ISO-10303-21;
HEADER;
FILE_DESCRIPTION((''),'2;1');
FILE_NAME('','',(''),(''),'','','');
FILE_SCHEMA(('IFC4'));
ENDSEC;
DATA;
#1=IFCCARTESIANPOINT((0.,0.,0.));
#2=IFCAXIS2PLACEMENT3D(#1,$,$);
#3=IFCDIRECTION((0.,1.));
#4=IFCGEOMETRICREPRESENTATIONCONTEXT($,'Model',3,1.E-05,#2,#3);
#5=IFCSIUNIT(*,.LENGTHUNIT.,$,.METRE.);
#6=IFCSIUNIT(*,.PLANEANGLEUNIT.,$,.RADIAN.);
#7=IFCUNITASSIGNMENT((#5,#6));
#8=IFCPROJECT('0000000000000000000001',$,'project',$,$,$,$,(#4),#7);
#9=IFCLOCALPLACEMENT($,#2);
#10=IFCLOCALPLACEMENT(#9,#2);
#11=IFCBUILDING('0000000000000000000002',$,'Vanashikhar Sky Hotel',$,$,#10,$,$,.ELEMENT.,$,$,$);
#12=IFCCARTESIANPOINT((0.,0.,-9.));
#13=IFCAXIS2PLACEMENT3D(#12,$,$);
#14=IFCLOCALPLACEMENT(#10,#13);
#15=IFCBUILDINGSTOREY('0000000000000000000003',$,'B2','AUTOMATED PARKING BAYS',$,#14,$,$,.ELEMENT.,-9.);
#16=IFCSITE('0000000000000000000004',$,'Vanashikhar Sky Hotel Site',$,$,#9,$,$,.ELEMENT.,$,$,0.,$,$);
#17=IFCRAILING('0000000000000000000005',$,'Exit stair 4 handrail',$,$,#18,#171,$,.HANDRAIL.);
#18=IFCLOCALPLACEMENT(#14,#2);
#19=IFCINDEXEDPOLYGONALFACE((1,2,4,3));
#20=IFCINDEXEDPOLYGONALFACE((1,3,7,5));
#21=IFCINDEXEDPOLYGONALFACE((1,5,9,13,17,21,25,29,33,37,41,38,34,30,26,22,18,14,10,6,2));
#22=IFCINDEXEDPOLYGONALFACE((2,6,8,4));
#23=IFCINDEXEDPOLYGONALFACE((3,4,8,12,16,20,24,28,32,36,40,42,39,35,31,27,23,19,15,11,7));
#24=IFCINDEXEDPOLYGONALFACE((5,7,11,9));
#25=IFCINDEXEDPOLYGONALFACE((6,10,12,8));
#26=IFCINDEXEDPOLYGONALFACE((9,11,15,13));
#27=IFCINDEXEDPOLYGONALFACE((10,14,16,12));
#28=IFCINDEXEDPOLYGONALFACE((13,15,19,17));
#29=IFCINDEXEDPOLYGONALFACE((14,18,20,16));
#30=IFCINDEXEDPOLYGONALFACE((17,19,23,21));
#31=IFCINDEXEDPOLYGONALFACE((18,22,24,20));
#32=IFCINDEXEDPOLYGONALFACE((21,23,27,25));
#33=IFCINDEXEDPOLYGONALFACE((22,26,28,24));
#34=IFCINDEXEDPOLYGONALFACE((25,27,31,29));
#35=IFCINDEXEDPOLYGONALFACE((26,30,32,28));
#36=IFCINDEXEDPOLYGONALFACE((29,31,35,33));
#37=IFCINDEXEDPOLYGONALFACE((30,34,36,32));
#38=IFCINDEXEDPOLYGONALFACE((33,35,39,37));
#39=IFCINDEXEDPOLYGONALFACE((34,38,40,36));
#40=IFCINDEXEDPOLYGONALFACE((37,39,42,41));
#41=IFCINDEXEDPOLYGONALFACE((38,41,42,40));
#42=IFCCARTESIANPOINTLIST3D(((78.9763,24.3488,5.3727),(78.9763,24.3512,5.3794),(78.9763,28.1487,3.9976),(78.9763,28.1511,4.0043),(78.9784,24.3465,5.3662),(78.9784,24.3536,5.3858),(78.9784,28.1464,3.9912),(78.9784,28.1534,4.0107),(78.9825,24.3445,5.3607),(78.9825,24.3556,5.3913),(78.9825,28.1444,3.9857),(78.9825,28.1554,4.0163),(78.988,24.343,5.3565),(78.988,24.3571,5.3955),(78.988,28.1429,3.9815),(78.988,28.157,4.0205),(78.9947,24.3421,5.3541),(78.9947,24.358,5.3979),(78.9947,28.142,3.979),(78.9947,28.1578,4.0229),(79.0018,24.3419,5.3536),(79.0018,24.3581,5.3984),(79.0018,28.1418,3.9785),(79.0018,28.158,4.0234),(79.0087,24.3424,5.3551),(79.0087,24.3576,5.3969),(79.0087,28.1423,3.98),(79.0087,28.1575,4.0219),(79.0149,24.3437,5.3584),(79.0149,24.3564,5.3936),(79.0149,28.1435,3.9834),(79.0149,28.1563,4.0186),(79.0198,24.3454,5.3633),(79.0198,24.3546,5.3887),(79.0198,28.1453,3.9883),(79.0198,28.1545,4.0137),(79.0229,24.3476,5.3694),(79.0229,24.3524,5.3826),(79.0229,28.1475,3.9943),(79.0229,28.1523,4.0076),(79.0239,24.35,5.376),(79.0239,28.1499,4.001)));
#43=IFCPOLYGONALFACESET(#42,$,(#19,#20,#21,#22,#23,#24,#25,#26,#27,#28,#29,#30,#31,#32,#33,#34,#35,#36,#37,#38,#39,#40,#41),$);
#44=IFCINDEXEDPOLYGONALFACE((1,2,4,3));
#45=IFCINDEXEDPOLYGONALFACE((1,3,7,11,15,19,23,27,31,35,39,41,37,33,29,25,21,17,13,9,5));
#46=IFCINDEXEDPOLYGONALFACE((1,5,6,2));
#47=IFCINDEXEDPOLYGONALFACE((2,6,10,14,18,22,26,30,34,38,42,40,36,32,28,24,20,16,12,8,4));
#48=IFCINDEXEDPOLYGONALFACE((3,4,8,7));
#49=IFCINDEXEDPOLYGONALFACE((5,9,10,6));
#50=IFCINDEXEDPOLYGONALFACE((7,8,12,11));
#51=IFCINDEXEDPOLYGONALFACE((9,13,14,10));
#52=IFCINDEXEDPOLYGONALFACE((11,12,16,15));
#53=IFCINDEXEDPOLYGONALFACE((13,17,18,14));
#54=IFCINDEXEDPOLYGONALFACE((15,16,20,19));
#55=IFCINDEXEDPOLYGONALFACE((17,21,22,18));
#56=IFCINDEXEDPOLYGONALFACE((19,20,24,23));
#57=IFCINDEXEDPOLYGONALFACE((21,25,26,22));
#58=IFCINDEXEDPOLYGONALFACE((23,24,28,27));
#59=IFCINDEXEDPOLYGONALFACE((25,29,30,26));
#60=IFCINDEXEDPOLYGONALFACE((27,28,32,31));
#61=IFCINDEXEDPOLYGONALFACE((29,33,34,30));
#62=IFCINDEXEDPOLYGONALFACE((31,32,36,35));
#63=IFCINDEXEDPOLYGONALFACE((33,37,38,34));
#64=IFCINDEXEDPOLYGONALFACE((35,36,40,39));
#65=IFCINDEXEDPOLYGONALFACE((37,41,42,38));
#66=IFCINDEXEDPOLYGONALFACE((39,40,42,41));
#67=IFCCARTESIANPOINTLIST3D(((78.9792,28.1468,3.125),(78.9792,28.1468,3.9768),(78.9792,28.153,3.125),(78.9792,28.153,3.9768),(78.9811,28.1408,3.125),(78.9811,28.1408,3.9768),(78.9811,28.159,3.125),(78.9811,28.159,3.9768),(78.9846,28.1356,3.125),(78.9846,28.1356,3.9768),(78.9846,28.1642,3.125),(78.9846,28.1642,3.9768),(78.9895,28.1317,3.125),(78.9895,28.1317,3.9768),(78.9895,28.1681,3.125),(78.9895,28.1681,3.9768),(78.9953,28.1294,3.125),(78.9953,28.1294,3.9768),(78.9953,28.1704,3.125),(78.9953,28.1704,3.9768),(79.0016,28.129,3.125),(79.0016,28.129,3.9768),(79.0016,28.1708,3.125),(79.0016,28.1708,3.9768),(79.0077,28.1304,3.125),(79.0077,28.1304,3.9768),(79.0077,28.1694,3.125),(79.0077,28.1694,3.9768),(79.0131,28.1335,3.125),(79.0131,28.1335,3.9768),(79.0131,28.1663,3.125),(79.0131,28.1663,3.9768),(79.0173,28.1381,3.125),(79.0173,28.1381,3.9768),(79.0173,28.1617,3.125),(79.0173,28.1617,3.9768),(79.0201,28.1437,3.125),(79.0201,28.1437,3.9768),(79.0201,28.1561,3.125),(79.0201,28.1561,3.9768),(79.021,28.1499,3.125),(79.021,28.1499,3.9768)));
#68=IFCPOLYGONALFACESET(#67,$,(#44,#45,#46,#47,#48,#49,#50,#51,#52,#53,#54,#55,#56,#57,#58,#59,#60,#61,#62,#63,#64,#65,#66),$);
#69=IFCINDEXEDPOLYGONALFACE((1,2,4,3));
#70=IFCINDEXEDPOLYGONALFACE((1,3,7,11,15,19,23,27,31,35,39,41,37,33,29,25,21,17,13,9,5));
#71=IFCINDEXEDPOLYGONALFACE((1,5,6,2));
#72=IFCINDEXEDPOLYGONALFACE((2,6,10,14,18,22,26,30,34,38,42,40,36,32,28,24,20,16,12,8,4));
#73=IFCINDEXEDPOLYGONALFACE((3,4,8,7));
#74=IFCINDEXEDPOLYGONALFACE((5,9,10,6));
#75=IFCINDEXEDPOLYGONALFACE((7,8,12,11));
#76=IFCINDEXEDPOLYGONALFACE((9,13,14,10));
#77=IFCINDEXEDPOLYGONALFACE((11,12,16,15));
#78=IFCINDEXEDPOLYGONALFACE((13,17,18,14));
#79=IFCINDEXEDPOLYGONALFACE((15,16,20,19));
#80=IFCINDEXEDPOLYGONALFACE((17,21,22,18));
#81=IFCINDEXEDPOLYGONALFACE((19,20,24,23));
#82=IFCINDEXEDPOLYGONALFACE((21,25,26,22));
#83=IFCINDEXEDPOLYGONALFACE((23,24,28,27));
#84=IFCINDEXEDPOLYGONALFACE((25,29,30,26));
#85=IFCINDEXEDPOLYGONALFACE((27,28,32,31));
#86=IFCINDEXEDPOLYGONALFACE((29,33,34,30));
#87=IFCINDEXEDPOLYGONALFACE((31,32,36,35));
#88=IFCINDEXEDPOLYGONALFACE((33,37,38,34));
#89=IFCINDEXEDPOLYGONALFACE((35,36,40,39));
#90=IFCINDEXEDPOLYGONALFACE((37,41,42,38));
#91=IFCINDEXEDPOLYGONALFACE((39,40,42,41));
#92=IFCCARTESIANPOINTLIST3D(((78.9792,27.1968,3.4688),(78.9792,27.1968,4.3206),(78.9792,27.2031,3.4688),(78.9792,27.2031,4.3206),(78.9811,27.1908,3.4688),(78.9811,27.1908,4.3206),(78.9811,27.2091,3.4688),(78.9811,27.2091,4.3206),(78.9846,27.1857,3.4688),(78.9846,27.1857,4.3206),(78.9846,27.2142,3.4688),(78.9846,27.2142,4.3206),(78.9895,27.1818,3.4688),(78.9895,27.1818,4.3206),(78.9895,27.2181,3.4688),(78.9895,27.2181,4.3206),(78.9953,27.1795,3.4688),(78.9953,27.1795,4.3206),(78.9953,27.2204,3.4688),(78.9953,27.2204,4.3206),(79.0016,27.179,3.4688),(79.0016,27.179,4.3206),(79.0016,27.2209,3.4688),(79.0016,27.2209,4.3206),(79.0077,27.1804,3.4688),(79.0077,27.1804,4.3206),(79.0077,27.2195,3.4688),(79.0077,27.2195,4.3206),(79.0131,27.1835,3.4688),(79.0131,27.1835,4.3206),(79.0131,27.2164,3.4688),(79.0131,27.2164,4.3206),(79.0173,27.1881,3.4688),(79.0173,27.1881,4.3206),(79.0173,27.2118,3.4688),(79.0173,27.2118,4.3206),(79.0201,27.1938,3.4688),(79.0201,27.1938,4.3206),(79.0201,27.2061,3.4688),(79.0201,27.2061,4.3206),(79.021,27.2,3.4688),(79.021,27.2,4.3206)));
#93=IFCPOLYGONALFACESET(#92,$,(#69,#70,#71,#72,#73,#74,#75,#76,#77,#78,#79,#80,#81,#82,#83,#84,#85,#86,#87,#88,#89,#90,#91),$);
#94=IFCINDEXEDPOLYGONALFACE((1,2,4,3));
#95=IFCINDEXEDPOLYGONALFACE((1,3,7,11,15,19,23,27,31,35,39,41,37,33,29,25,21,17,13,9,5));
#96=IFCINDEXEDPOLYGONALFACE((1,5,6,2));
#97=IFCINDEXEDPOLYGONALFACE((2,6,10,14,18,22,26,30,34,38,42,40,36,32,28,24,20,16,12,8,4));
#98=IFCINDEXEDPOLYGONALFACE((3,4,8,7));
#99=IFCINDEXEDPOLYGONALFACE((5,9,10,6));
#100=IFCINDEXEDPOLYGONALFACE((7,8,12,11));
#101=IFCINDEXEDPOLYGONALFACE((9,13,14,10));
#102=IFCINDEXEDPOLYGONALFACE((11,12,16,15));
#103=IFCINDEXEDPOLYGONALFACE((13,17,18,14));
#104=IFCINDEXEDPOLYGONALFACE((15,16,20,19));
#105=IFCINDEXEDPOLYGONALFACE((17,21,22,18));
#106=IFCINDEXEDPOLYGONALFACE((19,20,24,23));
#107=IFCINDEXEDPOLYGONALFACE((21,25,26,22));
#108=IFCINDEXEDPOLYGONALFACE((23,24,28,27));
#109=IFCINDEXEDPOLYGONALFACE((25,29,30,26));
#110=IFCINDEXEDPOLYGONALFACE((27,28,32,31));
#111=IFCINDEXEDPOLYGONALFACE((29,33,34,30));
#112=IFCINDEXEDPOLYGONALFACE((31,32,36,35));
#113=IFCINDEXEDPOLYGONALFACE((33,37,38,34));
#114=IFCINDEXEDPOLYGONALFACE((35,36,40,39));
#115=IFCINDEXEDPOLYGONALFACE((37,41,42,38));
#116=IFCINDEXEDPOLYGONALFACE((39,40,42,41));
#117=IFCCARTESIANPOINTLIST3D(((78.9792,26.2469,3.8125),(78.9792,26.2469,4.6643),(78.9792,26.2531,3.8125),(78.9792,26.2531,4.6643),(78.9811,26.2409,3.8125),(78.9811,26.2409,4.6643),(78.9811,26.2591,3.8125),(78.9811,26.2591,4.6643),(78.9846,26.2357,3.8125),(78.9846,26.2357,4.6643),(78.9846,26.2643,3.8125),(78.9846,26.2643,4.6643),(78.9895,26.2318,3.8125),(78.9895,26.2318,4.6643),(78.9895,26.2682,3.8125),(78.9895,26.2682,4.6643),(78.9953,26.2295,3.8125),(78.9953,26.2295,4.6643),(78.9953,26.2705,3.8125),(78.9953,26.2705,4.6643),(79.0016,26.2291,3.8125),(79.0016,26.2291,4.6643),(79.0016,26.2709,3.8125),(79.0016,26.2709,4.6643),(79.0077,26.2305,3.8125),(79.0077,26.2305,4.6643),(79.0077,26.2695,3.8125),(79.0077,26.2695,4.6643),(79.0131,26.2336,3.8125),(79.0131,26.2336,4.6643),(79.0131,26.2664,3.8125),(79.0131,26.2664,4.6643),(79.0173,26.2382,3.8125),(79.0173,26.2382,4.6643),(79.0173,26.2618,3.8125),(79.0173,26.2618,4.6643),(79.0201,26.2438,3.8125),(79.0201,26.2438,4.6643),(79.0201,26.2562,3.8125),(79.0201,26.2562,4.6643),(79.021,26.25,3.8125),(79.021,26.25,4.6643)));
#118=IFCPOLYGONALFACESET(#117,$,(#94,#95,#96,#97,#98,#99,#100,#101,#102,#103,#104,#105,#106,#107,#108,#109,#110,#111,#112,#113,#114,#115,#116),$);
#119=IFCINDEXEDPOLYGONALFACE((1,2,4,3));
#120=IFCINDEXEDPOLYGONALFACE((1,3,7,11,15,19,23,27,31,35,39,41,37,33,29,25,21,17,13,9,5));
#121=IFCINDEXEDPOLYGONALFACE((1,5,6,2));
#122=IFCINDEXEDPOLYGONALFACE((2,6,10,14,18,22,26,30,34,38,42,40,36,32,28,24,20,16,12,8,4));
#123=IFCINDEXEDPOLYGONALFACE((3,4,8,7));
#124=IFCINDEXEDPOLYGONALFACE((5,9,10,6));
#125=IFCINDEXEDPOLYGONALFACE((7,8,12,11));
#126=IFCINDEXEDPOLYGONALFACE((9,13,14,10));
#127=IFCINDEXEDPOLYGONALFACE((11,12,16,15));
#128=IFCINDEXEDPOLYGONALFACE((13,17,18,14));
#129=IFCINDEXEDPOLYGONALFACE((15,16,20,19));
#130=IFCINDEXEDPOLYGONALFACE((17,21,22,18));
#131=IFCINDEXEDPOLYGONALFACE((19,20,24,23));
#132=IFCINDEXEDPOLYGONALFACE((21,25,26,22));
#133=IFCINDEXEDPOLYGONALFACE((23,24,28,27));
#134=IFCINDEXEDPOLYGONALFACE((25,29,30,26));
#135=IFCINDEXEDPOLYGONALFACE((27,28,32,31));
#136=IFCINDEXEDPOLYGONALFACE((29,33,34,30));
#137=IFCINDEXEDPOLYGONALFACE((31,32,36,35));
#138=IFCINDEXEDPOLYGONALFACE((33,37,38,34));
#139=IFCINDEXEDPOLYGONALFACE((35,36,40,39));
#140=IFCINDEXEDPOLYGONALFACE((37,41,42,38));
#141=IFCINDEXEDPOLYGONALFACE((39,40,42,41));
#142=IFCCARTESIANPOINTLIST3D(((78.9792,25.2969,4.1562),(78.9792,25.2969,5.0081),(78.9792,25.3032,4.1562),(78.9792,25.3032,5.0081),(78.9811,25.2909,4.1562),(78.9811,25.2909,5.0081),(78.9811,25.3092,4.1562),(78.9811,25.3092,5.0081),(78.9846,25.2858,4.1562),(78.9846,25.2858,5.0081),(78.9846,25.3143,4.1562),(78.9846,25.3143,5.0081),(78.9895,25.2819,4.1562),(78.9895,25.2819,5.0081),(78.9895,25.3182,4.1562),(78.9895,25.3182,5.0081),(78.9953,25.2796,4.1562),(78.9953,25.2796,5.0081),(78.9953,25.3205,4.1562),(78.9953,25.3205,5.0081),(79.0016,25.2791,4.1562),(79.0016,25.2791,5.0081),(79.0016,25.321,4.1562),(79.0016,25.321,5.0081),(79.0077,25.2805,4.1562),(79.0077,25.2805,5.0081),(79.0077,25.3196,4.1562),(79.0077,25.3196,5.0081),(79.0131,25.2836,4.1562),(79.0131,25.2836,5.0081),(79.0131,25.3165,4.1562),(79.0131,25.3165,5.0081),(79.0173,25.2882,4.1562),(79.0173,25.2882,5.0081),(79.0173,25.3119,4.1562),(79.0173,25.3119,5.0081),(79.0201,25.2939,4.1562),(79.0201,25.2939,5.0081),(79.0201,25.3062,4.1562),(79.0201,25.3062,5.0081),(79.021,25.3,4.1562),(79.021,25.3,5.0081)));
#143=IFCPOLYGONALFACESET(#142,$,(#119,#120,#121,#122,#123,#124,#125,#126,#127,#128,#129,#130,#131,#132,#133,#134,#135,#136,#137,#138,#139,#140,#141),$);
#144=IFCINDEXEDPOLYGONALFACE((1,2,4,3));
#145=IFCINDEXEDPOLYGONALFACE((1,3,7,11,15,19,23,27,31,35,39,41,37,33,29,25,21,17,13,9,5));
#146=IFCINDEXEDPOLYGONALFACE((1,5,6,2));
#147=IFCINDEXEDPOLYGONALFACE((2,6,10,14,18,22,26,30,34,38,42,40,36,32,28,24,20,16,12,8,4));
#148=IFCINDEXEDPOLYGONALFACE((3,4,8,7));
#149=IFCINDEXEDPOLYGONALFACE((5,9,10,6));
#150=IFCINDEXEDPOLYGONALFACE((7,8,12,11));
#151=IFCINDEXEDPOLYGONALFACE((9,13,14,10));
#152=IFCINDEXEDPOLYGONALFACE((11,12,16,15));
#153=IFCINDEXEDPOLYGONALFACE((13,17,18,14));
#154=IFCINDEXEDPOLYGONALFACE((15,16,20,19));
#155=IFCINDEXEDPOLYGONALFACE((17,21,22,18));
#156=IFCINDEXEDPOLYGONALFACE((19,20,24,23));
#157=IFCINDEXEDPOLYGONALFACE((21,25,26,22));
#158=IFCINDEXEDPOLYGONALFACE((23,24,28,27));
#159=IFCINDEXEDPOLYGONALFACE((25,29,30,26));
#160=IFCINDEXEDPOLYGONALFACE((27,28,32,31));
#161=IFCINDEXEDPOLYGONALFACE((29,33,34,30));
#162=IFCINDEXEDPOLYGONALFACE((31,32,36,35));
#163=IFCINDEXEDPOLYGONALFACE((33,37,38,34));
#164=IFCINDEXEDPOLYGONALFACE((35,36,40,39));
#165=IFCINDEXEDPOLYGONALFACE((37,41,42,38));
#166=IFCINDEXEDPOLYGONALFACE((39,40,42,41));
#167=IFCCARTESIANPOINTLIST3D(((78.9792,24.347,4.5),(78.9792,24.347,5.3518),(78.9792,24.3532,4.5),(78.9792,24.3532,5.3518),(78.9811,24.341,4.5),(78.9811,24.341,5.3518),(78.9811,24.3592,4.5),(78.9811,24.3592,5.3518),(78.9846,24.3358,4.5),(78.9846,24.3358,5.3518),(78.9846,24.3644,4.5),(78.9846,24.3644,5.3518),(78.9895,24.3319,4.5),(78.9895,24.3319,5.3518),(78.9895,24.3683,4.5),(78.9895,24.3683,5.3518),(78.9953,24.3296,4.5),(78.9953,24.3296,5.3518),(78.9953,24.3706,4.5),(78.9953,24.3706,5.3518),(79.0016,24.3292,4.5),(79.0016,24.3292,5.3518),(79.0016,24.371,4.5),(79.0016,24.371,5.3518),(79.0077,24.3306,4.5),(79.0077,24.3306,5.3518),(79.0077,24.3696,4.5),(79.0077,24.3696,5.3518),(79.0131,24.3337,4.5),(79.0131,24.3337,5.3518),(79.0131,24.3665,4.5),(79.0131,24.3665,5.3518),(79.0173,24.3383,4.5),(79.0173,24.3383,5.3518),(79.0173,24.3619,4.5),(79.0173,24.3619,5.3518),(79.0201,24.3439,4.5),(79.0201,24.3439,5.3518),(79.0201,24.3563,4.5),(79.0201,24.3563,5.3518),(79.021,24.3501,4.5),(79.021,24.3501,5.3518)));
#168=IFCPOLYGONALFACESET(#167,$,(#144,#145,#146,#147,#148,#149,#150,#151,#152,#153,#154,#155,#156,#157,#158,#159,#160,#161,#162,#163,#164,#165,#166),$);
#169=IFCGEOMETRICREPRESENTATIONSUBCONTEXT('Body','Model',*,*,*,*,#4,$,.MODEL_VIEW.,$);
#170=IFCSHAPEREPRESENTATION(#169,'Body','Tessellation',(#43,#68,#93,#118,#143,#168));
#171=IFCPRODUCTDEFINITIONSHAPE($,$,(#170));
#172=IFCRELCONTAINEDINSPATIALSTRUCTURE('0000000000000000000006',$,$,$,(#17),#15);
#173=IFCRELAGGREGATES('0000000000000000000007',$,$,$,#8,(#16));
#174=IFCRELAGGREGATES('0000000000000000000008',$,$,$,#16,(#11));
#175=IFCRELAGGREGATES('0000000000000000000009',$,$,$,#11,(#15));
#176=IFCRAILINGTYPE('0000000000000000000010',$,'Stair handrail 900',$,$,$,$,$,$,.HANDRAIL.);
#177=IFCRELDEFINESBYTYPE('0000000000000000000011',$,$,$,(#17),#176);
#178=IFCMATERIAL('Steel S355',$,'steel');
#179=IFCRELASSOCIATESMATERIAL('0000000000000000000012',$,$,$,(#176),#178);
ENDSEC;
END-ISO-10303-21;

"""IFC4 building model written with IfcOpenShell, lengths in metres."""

from ifc_helpers import new_model, si_unit, direction, frame, origin, origin_2d, place, context, subcontext, project, spatial, circle, extrude, source, transform, mapped, material, type_object, element, save


model = new_model("IFC4")

# Units and contexts
model_context = context("Model", 3, precision=1e-05, world=origin(), true_north=direction((0.0, 1.0)))
body_context = subcontext(model_context, "Body", "Model", "MODEL_VIEW")
ifc_project = project(units=[si_unit("LENGTHUNIT", "METRE"), si_unit("PLANEANGLEUNIT", "RADIAN")], contexts=[model_context])

# Site, building, storey
site_placement = place(None, origin())
site = spatial("IfcSite", under=ifc_project, at=site_placement, Name="Vanashikhar Sky Hotel Site", CompositionType="ELEMENT", RefElevation=0.0)
building_placement = place(site_placement, origin())
building = spatial("IfcBuilding", under=site, at=building_placement, Name="Vanashikhar Sky Hotel", CompositionType="ELEMENT")
storey_placement = place(building_placement, frame((0.0, 0.0, -9.0)))
storey = spatial("IfcBuildingStorey", under=building, at=storey_placement, Name="B2", Description="AUTOMATED PARKING BAYS", CompositionType="ELEMENT", Elevation=-9.0)

# Railing
ifc_material_1 = material(Name="Steel S355", Category="steel")
railing_type_1 = type_object("IfcRailingType", Name="Stair handrail 900", PredefinedType="HANDRAIL", material=ifc_material_1)
shared_shape_1 = source(origin(), body_context, "Body", "SweptSolid", [
    extrude(circle(Radius=0.0239, at=origin_2d()), frame((0.0, 0.0, 0.876), z_axis=(0.0, -0.940329, 0.340268), x_axis=(1.0, 0.0, 0.0)), (0.0, 0.0, 1.0), 4.041),
    extrude(circle(Radius=0.021, at=origin_2d()), origin(), (0.0, 0.0, 1.0), 0.8518),
    extrude(circle(Radius=0.021, at=origin_2d()), frame((0.0, -0.95, 0.3438)), (0.0, 0.0, 1.0), 0.8518),
    extrude(circle(Radius=0.021, at=origin_2d()), frame((0.0, -1.8999, 0.6875)), (0.0, 0.0, 1.0), 0.8518),
    extrude(circle(Radius=0.021, at=origin_2d()), frame((0.0, -2.8499, 1.0312)), (0.0, 0.0, 1.0), 0.8518),
    extrude(circle(Radius=0.021, at=origin_2d()), frame((0.0, -3.7998, 1.375)), (0.0, 0.0, 1.0), 0.8518),
])
for number, where, name in (
    (1, (79.0, 28.1499, 3.125), "Exit stair 4 handrail"),
):
    element("IfcRailing", number, at=place(storey_placement, frame(where)), inside=storey, type_object=railing_type_1, Name=name, PredefinedType="HANDRAIL", context=body_context, shape_type="MappedRepresentation", body=[
        mapped(shared_shape_1, transform((0.0, 0.0, 0.0), scale=1.0)),
    ])

save(model, "model.ifc")
